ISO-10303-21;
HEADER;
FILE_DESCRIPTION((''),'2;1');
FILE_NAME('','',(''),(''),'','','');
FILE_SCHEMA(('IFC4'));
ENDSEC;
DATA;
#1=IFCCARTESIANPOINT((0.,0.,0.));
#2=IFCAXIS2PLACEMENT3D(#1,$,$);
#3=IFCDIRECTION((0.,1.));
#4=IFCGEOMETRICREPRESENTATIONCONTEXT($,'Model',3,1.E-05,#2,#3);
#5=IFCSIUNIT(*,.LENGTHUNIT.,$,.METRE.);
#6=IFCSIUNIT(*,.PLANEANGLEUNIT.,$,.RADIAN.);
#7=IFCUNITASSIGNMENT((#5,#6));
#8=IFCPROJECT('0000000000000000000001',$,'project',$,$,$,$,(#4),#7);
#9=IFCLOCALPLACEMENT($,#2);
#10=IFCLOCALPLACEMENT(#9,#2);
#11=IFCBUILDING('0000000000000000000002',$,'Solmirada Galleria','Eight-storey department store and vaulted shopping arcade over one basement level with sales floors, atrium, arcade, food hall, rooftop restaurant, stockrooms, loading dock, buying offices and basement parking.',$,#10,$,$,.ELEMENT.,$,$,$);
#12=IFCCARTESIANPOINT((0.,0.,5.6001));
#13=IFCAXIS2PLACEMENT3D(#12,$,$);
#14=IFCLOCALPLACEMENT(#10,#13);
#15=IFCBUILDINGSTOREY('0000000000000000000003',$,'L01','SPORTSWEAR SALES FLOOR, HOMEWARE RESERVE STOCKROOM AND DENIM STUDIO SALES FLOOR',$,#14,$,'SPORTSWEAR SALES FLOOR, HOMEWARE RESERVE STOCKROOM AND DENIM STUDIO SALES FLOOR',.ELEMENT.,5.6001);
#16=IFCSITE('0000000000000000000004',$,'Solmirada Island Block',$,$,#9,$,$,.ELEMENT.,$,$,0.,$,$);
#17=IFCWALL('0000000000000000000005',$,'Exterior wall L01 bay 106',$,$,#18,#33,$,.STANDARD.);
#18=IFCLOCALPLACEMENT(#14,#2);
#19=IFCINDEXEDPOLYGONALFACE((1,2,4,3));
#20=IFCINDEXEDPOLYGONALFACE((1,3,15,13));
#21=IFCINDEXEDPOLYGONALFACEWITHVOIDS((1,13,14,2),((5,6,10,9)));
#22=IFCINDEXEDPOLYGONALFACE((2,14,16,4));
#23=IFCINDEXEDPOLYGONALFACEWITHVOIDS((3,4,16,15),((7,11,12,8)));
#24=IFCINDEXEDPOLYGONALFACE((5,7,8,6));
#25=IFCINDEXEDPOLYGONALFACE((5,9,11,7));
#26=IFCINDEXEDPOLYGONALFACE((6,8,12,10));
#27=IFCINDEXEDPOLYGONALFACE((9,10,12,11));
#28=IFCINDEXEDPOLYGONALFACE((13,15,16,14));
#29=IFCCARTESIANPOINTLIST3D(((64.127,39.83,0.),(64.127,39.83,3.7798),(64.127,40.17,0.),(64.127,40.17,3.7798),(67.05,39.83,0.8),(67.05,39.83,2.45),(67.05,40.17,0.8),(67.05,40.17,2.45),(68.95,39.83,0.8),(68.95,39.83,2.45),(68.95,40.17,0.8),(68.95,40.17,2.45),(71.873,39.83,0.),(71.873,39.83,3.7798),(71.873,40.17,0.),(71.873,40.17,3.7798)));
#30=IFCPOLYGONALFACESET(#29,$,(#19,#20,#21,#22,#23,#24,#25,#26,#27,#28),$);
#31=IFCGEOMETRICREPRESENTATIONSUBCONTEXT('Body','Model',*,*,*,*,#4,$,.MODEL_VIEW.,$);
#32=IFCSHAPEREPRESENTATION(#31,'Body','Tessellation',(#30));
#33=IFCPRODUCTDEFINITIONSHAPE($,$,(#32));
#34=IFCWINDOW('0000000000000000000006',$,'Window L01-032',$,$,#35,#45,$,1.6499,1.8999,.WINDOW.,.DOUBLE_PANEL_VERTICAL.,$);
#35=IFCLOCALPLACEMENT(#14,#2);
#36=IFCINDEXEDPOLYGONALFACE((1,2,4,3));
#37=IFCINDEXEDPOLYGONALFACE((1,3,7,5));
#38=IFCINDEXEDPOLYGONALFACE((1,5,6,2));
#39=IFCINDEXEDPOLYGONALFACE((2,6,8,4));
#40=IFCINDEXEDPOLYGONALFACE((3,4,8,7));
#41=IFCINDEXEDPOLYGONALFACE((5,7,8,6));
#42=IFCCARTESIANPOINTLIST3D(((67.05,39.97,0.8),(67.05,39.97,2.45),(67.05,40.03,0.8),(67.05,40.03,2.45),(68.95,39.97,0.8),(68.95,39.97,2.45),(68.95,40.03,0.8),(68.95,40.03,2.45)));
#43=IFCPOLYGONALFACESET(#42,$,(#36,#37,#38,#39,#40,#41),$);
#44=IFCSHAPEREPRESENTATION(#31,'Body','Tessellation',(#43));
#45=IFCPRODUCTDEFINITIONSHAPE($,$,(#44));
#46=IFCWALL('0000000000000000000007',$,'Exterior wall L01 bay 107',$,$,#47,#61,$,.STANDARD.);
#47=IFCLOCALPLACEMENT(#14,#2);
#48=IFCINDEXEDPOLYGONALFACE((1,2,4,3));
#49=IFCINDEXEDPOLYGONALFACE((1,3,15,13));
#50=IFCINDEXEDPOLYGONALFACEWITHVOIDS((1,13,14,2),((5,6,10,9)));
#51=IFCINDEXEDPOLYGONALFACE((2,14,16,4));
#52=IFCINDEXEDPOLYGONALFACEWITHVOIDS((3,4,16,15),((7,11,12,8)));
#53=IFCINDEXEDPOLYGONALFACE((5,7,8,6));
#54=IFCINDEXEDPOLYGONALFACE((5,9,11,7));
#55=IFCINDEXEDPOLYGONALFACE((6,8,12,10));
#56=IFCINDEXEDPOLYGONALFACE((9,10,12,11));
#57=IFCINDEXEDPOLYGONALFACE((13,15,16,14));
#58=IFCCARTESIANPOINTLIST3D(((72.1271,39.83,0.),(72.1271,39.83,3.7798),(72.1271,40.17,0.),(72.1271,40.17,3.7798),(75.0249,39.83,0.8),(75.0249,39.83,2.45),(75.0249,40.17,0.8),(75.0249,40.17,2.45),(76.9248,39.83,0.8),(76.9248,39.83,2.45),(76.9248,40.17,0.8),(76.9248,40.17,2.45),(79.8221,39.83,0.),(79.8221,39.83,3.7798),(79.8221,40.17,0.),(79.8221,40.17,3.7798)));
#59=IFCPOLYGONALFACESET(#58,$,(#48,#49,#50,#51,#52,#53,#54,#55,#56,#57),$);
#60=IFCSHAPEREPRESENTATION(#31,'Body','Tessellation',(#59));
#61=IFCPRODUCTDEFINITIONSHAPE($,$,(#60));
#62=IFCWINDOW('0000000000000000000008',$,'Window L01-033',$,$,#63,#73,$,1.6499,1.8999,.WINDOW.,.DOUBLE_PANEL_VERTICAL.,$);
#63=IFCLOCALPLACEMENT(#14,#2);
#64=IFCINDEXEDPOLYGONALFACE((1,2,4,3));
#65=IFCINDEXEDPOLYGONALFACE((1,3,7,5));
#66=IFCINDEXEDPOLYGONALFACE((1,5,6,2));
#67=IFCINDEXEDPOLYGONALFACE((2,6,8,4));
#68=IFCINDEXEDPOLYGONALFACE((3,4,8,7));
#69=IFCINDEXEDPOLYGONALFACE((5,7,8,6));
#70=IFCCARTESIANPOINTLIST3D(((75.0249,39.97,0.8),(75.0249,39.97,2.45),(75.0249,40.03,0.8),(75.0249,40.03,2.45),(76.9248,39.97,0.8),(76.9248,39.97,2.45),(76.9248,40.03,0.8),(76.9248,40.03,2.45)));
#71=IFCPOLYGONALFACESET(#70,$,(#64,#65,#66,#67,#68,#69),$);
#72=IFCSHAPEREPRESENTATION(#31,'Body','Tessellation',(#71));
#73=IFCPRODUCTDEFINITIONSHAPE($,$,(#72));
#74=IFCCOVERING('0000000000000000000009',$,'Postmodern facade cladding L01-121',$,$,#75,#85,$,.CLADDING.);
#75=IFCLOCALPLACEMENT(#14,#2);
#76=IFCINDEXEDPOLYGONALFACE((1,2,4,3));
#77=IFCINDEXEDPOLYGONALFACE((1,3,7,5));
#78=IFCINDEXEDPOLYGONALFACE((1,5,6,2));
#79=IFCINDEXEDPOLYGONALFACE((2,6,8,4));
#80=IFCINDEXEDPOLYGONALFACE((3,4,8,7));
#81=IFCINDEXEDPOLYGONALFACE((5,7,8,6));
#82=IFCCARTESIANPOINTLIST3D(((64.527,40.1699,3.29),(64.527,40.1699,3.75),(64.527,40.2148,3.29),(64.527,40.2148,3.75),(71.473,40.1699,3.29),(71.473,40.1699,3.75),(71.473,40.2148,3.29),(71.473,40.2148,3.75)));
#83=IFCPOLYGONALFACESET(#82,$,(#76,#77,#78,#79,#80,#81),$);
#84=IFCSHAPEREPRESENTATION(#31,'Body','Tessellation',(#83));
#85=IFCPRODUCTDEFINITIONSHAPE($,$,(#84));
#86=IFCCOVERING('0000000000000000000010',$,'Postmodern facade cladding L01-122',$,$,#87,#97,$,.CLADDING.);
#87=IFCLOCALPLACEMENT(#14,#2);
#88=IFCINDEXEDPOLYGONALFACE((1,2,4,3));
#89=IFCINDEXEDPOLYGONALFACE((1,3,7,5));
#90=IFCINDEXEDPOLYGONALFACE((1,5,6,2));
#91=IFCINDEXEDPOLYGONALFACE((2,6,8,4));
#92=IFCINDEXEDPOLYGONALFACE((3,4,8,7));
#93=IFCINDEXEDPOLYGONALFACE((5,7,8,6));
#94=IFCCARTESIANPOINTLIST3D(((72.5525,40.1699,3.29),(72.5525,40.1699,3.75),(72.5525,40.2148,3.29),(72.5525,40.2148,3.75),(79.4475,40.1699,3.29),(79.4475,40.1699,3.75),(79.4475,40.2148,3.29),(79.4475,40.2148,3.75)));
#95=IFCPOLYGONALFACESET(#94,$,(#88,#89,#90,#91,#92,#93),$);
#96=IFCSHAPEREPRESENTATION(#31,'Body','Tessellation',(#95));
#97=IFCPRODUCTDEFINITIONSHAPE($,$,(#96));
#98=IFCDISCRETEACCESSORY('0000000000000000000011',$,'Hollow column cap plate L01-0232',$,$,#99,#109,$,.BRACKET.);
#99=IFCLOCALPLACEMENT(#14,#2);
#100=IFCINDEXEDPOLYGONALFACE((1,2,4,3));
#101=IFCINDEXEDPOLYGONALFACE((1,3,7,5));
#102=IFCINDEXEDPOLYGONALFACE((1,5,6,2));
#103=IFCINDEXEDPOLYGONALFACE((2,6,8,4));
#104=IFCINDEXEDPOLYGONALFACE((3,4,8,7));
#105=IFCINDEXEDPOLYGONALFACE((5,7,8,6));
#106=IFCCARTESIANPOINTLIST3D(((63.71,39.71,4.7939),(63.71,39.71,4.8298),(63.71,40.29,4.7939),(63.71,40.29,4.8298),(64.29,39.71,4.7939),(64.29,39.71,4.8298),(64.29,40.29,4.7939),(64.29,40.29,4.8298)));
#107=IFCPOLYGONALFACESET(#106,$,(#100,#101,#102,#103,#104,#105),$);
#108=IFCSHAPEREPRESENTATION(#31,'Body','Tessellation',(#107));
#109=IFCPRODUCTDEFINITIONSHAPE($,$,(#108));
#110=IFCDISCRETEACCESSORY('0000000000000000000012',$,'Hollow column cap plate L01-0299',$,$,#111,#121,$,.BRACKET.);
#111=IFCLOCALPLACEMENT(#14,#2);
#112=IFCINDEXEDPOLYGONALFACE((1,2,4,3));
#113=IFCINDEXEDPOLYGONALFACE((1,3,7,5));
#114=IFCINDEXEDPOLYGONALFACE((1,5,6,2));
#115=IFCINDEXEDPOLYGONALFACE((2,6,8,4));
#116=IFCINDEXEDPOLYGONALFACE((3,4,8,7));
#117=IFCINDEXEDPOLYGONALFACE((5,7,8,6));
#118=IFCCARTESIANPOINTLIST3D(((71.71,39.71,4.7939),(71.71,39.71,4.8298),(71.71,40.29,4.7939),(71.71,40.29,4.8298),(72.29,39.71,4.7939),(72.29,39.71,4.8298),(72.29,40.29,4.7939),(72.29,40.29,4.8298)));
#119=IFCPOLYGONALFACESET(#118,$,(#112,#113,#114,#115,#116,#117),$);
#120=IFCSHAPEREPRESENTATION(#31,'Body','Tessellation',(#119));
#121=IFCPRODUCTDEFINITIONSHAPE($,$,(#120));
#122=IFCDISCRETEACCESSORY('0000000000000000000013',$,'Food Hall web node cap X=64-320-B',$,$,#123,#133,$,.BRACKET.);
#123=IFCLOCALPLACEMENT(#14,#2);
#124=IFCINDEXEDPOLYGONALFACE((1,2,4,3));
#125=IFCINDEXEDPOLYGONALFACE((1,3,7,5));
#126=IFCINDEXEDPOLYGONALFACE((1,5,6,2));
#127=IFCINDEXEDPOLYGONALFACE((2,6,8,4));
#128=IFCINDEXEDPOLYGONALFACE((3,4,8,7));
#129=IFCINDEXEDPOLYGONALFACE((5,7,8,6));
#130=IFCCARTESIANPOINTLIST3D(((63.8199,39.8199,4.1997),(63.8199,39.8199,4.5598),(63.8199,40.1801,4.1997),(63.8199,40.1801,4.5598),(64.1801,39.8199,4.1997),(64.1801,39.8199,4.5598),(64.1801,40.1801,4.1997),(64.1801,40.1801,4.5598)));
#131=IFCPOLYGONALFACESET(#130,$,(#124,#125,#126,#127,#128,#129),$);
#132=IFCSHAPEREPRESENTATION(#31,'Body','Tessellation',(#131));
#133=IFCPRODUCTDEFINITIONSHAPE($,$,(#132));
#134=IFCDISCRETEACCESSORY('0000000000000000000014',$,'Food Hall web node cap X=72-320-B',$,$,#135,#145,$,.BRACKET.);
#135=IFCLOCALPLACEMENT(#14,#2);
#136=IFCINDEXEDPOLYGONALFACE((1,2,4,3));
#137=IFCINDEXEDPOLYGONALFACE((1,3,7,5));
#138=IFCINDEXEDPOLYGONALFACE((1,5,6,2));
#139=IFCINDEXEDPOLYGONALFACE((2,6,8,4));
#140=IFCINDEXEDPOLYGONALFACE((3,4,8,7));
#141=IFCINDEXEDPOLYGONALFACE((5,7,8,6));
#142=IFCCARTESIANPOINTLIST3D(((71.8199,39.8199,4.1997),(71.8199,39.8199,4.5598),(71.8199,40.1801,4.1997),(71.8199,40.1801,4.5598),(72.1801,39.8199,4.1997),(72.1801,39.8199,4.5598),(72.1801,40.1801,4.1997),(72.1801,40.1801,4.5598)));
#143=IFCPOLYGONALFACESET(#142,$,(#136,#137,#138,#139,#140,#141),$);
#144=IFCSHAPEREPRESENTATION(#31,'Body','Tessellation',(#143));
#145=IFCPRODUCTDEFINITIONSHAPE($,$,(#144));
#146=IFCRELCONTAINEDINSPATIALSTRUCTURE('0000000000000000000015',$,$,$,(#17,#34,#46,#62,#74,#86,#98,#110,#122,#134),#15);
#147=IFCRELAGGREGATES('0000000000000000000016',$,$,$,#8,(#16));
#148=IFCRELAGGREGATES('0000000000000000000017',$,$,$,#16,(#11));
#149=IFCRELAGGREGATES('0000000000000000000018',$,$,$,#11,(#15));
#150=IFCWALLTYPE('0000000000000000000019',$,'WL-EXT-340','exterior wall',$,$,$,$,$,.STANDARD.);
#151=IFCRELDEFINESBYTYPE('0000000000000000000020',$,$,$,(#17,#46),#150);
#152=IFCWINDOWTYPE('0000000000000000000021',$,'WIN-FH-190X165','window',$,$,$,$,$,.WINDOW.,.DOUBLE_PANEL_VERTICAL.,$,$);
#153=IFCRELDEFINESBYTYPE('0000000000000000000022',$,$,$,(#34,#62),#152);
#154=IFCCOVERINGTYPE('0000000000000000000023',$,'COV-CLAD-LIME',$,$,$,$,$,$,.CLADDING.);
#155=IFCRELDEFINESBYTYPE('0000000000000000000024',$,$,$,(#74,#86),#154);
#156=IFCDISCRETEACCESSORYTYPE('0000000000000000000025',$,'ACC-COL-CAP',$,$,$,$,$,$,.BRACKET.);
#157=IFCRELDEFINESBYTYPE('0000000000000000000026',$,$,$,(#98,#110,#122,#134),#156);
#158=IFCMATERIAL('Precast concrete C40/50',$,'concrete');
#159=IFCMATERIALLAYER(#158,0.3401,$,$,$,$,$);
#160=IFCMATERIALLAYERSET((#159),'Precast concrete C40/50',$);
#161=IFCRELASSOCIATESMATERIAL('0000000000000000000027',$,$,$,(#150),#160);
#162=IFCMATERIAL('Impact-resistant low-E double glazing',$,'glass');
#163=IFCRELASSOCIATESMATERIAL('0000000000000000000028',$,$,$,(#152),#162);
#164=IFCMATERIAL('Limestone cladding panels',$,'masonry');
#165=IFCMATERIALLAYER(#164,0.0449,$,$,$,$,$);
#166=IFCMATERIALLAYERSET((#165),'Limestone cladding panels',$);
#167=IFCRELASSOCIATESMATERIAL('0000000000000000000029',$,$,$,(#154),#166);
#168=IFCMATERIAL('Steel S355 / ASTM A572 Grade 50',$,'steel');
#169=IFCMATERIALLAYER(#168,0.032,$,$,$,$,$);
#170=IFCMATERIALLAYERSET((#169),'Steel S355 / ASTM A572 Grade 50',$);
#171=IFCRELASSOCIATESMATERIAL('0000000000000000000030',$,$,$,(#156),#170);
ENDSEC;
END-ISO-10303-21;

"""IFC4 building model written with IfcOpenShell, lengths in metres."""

from ifc_helpers import new_model, si_unit, direction, frame, frame_2d, origin, origin_2d, place, context, subcontext, project, spatial, rectangle, extrude, material, layer, layer_set, type_object, element, fill, save


model = new_model("IFC4")

# Units and contexts
model_context = context("Model", 3, precision=1e-05, world=origin(), true_north=direction((0.0, 1.0)))
body_context = subcontext(model_context, "Body", "Model", "MODEL_VIEW")
ifc_project = project(units=[si_unit("LENGTHUNIT", "METRE"), si_unit("PLANEANGLEUNIT", "RADIAN")], contexts=[model_context])

# Site, building, storey
site_placement = place(None, origin())
site = spatial("IfcSite", under=ifc_project, at=site_placement, Name="Solmirada Island Block", CompositionType="ELEMENT", RefElevation=0.0)
building_placement = place(site_placement, origin())
building = spatial("IfcBuilding", under=site, at=building_placement, Name="Solmirada Galleria", Description="Eight-storey department store and vaulted shopping arcade over one basement level with sales floors, atrium, arcade, food hall, rooftop restaurant, stockrooms, loading dock, buying offices and basement parking.", CompositionType="ELEMENT")
storey_placement = place(building_placement, frame((0.0, 0.0, 5.6001)))
storey = spatial("IfcBuildingStorey", under=building, at=storey_placement, Name="L01", Description="SPORTSWEAR SALES FLOOR, HOMEWARE RESERVE STOCKROOM AND DENIM STUDIO SALES FLOOR", LongName="SPORTSWEAR SALES FLOOR, HOMEWARE RESERVE STOCKROOM AND DENIM STUDIO SALES FLOOR", CompositionType="ELEMENT", Elevation=5.6001)

# Shared definitions
ifc_material_1 = material(Name="Impact-resistant low-E double glazing", Category="glass")

# Shared definitions
ifc_material_2 = material(Name="Precast concrete C40/50", Category="concrete")
ifc_layer_1 = layer(ifc_material_2, 0.3401)
ifc_layer_set_1 = layer_set([ifc_layer_1], Name="Precast concrete C40/50")
wall_type = type_object("IfcWallType", Name="WL-EXT-340", Description="exterior wall", PredefinedType="STANDARD", material=ifc_layer_set_1)

# Walls, openings, windows
wall_1_placement = place(storey_placement, frame((64.127, 40.0, 0.0), z_axis=(0.0, 0.0, 1.0), x_axis=(1.0, 0.0, 0.0)))
wall_1 = element("IfcWall", 1, at=wall_1_placement, inside=storey, type_object=wall_type, Name="Exterior wall L01 bay 106", PredefinedType="STANDARD", context=body_context, shape_type="SweptSolid", body=[
    extrude(rectangle(XDim=7.7461, YDim=0.3401, at=frame_2d((3.873, 0.0))), origin(), (0.0, 0.0, 1.0), 3.7798),
])
opening_1_placement = place(wall_1_placement, frame((2.9231, 0.0, 0.8)))
opening_1 = element("IfcOpeningElement", 2, at=opening_1_placement, cuts=wall_1, PredefinedType="OPENING", context=body_context, shape_type="SweptSolid", body=[
    extrude(rectangle(XDim=1.8999, YDim=1.6499, at=frame_2d((0.95, 0.825))), frame((0.0, 0.1799, 0.0), z_axis=(0.0, -1.0, 0.0), x_axis=(1.0, 0.0, 0.0)), (0.0, 0.0, 1.0), 0.3601),
])
window_type = type_object("IfcWindowType", Name="WIN-FH-190X165", Description="window", PartitioningType="DOUBLE_PANEL_VERTICAL", PredefinedType="WINDOW", material=ifc_material_1)
window_1_placement = place(opening_1_placement, origin())
window_1 = element("IfcWindow", 3, at=window_1_placement, inside=storey, type_object=window_type, Name="Window L01-032", OverallHeight=1.6499, OverallWidth=1.8999, PartitioningType="DOUBLE_PANEL_VERTICAL", PredefinedType="WINDOW", context=body_context, shape_type="SweptSolid", body=[
    extrude(rectangle(XDim=1.8999, YDim=1.6499, at=frame_2d((0.95, 0.825))), frame((0.0, 0.03, 0.0), z_axis=(0.0, -1.0, 0.0), x_axis=(1.0, 0.0, 0.0)), (0.0, 0.0, 1.0), 0.0601),
])
fill(opening_1, window_1)
wall_2_placement = place(storey_placement, frame((72.127, 40.0, 0.0), z_axis=(0.0, 0.0, 1.0), x_axis=(1.0, 0.0, 0.0)))
wall_2 = element("IfcWall", 4, at=wall_2_placement, inside=storey, type_object=wall_type, Name="Exterior wall L01 bay 107", PredefinedType="STANDARD", context=body_context, shape_type="SweptSolid", body=[
    extrude(rectangle(XDim=7.6951, YDim=0.3401, at=frame_2d((3.8477, 0.0))), origin(), (0.0, 0.0, 1.0), 3.7798),
])
opening_2_placement = place(wall_2_placement, frame((2.8979, 0.0, 0.8)))
opening_2 = element("IfcOpeningElement", 5, at=opening_2_placement, cuts=wall_2, PredefinedType="OPENING", context=body_context, shape_type="SweptSolid", body=[
    extrude(rectangle(XDim=1.8999, YDim=1.6499, at=frame_2d((0.95, 0.825))), frame((0.0, 0.1799, 0.0), z_axis=(0.0, -1.0, 0.0), x_axis=(1.0, 0.0, 0.0)), (0.0, 0.0, 1.0), 0.3601),
])
window_2_placement = place(opening_2_placement, origin())
window_2 = element("IfcWindow", 6, at=window_2_placement, inside=storey, type_object=window_type, Name="Window L01-033", OverallHeight=1.6499, OverallWidth=1.8999, PartitioningType="DOUBLE_PANEL_VERTICAL", PredefinedType="WINDOW", context=body_context, shape_type="SweptSolid", body=[
    extrude(rectangle(XDim=1.8999, YDim=1.6499, at=frame_2d((0.95, 0.825))), frame((0.0, 0.03, 0.0), z_axis=(0.0, -1.0, 0.0), x_axis=(1.0, 0.0, 0.0)), (0.0, 0.0, 1.0), 0.0601),
])
fill(opening_2, window_2)

# Coverings
ifc_material_3 = material(Name="Limestone cladding panels", Category="masonry")
ifc_layer_2 = layer(ifc_material_3, 0.0449)
ifc_layer_set_2 = layer_set([ifc_layer_2], Name="Limestone cladding panels")
covering_type = type_object("IfcCoveringType", Name="COV-CLAD-LIME", PredefinedType="CLADDING", material=ifc_layer_set_2)
covering_1_placement = place(storey_placement, frame((68.0, 40.1924, 3.29), z_axis=(0.0, 0.0, 1.0), x_axis=(1.0, 0.0, 0.0)))
element("IfcCovering", 7, at=covering_1_placement, inside=storey, type_object=covering_type, Name="Postmodern facade cladding L01-121", PredefinedType="CLADDING", context=body_context, shape_type="SweptSolid", body=[
    extrude(rectangle(XDim=6.946, YDim=0.0449, at=origin_2d()), origin(), (0.0, 0.0, 1.0), 0.46),
])
covering_2_placement = place(storey_placement, frame((76.0, 40.1924, 3.29), z_axis=(0.0, 0.0, 1.0), x_axis=(1.0, 0.0, 0.0)))
element("IfcCovering", 8, at=covering_2_placement, inside=storey, type_object=covering_type, Name="Postmodern facade cladding L01-122", PredefinedType="CLADDING", context=body_context, shape_type="SweptSolid", body=[
    extrude(rectangle(XDim=6.895, YDim=0.0449, at=origin_2d()), origin(), (0.0, 0.0, 1.0), 0.46),
])

# Discrete accessories
ifc_material_4 = material(Name="Steel S355 / ASTM A572 Grade 50", Category="steel")
ifc_layer_3 = layer(ifc_material_4, 0.032)
ifc_layer_set_3 = layer_set([ifc_layer_3], Name="Steel S355 / ASTM A572 Grade 50")
discrete_accessory_type = type_object("IfcDiscreteAccessoryType", Name="ACC-COL-CAP", PredefinedType="BRACKET", material=ifc_layer_set_3)
for number, where, z_axis, x_axis, name in (
    (9, (64.0, 40.0, 4.7939), (0.0, 0.0, 1.0), (1.0, 0.0, 0.0), "Hollow column cap plate L01-0232"),
    (10, (72.0, 40.0, 4.7939), (0.0, 0.0, 1.0), (1.0, 0.0, 0.0), "Hollow column cap plate L01-0299"),
):
    element("IfcDiscreteAccessory", number, at=place(storey_placement, frame(where, z_axis=z_axis, x_axis=x_axis)), inside=storey, type_object=discrete_accessory_type, Name=name, PredefinedType="BRACKET", context=body_context, shape_type="SweptSolid", body=[
        extrude(rectangle(XDim=0.5801, YDim=0.5801, at=origin_2d()), origin(), (0.0, 0.0, 1.0), 0.0359),
    ])
for number, where, z_axis, x_axis, name in (
    (11, (64.0, 40.0, 4.1997), (0.0, 0.0, 1.0), (1.0, 0.0, 0.0), "Food Hall web node cap X=64-320-B"),
    (12, (72.0, 40.0, 4.1997), (0.0, 0.0, 1.0), (1.0, 0.0, 0.0), "Food Hall web node cap X=72-320-B"),
):
    element("IfcDiscreteAccessory", number, at=place(storey_placement, frame(where, z_axis=z_axis, x_axis=x_axis)), inside=storey, type_object=discrete_accessory_type, Name=name, PredefinedType="BRACKET", context=body_context, shape_type="SweptSolid", body=[
        extrude(rectangle(XDim=0.3601, YDim=0.3601, at=origin_2d()), origin(), (0.0, 0.0, 1.0), 0.3601),
    ])

save(model, "model.ifc")
